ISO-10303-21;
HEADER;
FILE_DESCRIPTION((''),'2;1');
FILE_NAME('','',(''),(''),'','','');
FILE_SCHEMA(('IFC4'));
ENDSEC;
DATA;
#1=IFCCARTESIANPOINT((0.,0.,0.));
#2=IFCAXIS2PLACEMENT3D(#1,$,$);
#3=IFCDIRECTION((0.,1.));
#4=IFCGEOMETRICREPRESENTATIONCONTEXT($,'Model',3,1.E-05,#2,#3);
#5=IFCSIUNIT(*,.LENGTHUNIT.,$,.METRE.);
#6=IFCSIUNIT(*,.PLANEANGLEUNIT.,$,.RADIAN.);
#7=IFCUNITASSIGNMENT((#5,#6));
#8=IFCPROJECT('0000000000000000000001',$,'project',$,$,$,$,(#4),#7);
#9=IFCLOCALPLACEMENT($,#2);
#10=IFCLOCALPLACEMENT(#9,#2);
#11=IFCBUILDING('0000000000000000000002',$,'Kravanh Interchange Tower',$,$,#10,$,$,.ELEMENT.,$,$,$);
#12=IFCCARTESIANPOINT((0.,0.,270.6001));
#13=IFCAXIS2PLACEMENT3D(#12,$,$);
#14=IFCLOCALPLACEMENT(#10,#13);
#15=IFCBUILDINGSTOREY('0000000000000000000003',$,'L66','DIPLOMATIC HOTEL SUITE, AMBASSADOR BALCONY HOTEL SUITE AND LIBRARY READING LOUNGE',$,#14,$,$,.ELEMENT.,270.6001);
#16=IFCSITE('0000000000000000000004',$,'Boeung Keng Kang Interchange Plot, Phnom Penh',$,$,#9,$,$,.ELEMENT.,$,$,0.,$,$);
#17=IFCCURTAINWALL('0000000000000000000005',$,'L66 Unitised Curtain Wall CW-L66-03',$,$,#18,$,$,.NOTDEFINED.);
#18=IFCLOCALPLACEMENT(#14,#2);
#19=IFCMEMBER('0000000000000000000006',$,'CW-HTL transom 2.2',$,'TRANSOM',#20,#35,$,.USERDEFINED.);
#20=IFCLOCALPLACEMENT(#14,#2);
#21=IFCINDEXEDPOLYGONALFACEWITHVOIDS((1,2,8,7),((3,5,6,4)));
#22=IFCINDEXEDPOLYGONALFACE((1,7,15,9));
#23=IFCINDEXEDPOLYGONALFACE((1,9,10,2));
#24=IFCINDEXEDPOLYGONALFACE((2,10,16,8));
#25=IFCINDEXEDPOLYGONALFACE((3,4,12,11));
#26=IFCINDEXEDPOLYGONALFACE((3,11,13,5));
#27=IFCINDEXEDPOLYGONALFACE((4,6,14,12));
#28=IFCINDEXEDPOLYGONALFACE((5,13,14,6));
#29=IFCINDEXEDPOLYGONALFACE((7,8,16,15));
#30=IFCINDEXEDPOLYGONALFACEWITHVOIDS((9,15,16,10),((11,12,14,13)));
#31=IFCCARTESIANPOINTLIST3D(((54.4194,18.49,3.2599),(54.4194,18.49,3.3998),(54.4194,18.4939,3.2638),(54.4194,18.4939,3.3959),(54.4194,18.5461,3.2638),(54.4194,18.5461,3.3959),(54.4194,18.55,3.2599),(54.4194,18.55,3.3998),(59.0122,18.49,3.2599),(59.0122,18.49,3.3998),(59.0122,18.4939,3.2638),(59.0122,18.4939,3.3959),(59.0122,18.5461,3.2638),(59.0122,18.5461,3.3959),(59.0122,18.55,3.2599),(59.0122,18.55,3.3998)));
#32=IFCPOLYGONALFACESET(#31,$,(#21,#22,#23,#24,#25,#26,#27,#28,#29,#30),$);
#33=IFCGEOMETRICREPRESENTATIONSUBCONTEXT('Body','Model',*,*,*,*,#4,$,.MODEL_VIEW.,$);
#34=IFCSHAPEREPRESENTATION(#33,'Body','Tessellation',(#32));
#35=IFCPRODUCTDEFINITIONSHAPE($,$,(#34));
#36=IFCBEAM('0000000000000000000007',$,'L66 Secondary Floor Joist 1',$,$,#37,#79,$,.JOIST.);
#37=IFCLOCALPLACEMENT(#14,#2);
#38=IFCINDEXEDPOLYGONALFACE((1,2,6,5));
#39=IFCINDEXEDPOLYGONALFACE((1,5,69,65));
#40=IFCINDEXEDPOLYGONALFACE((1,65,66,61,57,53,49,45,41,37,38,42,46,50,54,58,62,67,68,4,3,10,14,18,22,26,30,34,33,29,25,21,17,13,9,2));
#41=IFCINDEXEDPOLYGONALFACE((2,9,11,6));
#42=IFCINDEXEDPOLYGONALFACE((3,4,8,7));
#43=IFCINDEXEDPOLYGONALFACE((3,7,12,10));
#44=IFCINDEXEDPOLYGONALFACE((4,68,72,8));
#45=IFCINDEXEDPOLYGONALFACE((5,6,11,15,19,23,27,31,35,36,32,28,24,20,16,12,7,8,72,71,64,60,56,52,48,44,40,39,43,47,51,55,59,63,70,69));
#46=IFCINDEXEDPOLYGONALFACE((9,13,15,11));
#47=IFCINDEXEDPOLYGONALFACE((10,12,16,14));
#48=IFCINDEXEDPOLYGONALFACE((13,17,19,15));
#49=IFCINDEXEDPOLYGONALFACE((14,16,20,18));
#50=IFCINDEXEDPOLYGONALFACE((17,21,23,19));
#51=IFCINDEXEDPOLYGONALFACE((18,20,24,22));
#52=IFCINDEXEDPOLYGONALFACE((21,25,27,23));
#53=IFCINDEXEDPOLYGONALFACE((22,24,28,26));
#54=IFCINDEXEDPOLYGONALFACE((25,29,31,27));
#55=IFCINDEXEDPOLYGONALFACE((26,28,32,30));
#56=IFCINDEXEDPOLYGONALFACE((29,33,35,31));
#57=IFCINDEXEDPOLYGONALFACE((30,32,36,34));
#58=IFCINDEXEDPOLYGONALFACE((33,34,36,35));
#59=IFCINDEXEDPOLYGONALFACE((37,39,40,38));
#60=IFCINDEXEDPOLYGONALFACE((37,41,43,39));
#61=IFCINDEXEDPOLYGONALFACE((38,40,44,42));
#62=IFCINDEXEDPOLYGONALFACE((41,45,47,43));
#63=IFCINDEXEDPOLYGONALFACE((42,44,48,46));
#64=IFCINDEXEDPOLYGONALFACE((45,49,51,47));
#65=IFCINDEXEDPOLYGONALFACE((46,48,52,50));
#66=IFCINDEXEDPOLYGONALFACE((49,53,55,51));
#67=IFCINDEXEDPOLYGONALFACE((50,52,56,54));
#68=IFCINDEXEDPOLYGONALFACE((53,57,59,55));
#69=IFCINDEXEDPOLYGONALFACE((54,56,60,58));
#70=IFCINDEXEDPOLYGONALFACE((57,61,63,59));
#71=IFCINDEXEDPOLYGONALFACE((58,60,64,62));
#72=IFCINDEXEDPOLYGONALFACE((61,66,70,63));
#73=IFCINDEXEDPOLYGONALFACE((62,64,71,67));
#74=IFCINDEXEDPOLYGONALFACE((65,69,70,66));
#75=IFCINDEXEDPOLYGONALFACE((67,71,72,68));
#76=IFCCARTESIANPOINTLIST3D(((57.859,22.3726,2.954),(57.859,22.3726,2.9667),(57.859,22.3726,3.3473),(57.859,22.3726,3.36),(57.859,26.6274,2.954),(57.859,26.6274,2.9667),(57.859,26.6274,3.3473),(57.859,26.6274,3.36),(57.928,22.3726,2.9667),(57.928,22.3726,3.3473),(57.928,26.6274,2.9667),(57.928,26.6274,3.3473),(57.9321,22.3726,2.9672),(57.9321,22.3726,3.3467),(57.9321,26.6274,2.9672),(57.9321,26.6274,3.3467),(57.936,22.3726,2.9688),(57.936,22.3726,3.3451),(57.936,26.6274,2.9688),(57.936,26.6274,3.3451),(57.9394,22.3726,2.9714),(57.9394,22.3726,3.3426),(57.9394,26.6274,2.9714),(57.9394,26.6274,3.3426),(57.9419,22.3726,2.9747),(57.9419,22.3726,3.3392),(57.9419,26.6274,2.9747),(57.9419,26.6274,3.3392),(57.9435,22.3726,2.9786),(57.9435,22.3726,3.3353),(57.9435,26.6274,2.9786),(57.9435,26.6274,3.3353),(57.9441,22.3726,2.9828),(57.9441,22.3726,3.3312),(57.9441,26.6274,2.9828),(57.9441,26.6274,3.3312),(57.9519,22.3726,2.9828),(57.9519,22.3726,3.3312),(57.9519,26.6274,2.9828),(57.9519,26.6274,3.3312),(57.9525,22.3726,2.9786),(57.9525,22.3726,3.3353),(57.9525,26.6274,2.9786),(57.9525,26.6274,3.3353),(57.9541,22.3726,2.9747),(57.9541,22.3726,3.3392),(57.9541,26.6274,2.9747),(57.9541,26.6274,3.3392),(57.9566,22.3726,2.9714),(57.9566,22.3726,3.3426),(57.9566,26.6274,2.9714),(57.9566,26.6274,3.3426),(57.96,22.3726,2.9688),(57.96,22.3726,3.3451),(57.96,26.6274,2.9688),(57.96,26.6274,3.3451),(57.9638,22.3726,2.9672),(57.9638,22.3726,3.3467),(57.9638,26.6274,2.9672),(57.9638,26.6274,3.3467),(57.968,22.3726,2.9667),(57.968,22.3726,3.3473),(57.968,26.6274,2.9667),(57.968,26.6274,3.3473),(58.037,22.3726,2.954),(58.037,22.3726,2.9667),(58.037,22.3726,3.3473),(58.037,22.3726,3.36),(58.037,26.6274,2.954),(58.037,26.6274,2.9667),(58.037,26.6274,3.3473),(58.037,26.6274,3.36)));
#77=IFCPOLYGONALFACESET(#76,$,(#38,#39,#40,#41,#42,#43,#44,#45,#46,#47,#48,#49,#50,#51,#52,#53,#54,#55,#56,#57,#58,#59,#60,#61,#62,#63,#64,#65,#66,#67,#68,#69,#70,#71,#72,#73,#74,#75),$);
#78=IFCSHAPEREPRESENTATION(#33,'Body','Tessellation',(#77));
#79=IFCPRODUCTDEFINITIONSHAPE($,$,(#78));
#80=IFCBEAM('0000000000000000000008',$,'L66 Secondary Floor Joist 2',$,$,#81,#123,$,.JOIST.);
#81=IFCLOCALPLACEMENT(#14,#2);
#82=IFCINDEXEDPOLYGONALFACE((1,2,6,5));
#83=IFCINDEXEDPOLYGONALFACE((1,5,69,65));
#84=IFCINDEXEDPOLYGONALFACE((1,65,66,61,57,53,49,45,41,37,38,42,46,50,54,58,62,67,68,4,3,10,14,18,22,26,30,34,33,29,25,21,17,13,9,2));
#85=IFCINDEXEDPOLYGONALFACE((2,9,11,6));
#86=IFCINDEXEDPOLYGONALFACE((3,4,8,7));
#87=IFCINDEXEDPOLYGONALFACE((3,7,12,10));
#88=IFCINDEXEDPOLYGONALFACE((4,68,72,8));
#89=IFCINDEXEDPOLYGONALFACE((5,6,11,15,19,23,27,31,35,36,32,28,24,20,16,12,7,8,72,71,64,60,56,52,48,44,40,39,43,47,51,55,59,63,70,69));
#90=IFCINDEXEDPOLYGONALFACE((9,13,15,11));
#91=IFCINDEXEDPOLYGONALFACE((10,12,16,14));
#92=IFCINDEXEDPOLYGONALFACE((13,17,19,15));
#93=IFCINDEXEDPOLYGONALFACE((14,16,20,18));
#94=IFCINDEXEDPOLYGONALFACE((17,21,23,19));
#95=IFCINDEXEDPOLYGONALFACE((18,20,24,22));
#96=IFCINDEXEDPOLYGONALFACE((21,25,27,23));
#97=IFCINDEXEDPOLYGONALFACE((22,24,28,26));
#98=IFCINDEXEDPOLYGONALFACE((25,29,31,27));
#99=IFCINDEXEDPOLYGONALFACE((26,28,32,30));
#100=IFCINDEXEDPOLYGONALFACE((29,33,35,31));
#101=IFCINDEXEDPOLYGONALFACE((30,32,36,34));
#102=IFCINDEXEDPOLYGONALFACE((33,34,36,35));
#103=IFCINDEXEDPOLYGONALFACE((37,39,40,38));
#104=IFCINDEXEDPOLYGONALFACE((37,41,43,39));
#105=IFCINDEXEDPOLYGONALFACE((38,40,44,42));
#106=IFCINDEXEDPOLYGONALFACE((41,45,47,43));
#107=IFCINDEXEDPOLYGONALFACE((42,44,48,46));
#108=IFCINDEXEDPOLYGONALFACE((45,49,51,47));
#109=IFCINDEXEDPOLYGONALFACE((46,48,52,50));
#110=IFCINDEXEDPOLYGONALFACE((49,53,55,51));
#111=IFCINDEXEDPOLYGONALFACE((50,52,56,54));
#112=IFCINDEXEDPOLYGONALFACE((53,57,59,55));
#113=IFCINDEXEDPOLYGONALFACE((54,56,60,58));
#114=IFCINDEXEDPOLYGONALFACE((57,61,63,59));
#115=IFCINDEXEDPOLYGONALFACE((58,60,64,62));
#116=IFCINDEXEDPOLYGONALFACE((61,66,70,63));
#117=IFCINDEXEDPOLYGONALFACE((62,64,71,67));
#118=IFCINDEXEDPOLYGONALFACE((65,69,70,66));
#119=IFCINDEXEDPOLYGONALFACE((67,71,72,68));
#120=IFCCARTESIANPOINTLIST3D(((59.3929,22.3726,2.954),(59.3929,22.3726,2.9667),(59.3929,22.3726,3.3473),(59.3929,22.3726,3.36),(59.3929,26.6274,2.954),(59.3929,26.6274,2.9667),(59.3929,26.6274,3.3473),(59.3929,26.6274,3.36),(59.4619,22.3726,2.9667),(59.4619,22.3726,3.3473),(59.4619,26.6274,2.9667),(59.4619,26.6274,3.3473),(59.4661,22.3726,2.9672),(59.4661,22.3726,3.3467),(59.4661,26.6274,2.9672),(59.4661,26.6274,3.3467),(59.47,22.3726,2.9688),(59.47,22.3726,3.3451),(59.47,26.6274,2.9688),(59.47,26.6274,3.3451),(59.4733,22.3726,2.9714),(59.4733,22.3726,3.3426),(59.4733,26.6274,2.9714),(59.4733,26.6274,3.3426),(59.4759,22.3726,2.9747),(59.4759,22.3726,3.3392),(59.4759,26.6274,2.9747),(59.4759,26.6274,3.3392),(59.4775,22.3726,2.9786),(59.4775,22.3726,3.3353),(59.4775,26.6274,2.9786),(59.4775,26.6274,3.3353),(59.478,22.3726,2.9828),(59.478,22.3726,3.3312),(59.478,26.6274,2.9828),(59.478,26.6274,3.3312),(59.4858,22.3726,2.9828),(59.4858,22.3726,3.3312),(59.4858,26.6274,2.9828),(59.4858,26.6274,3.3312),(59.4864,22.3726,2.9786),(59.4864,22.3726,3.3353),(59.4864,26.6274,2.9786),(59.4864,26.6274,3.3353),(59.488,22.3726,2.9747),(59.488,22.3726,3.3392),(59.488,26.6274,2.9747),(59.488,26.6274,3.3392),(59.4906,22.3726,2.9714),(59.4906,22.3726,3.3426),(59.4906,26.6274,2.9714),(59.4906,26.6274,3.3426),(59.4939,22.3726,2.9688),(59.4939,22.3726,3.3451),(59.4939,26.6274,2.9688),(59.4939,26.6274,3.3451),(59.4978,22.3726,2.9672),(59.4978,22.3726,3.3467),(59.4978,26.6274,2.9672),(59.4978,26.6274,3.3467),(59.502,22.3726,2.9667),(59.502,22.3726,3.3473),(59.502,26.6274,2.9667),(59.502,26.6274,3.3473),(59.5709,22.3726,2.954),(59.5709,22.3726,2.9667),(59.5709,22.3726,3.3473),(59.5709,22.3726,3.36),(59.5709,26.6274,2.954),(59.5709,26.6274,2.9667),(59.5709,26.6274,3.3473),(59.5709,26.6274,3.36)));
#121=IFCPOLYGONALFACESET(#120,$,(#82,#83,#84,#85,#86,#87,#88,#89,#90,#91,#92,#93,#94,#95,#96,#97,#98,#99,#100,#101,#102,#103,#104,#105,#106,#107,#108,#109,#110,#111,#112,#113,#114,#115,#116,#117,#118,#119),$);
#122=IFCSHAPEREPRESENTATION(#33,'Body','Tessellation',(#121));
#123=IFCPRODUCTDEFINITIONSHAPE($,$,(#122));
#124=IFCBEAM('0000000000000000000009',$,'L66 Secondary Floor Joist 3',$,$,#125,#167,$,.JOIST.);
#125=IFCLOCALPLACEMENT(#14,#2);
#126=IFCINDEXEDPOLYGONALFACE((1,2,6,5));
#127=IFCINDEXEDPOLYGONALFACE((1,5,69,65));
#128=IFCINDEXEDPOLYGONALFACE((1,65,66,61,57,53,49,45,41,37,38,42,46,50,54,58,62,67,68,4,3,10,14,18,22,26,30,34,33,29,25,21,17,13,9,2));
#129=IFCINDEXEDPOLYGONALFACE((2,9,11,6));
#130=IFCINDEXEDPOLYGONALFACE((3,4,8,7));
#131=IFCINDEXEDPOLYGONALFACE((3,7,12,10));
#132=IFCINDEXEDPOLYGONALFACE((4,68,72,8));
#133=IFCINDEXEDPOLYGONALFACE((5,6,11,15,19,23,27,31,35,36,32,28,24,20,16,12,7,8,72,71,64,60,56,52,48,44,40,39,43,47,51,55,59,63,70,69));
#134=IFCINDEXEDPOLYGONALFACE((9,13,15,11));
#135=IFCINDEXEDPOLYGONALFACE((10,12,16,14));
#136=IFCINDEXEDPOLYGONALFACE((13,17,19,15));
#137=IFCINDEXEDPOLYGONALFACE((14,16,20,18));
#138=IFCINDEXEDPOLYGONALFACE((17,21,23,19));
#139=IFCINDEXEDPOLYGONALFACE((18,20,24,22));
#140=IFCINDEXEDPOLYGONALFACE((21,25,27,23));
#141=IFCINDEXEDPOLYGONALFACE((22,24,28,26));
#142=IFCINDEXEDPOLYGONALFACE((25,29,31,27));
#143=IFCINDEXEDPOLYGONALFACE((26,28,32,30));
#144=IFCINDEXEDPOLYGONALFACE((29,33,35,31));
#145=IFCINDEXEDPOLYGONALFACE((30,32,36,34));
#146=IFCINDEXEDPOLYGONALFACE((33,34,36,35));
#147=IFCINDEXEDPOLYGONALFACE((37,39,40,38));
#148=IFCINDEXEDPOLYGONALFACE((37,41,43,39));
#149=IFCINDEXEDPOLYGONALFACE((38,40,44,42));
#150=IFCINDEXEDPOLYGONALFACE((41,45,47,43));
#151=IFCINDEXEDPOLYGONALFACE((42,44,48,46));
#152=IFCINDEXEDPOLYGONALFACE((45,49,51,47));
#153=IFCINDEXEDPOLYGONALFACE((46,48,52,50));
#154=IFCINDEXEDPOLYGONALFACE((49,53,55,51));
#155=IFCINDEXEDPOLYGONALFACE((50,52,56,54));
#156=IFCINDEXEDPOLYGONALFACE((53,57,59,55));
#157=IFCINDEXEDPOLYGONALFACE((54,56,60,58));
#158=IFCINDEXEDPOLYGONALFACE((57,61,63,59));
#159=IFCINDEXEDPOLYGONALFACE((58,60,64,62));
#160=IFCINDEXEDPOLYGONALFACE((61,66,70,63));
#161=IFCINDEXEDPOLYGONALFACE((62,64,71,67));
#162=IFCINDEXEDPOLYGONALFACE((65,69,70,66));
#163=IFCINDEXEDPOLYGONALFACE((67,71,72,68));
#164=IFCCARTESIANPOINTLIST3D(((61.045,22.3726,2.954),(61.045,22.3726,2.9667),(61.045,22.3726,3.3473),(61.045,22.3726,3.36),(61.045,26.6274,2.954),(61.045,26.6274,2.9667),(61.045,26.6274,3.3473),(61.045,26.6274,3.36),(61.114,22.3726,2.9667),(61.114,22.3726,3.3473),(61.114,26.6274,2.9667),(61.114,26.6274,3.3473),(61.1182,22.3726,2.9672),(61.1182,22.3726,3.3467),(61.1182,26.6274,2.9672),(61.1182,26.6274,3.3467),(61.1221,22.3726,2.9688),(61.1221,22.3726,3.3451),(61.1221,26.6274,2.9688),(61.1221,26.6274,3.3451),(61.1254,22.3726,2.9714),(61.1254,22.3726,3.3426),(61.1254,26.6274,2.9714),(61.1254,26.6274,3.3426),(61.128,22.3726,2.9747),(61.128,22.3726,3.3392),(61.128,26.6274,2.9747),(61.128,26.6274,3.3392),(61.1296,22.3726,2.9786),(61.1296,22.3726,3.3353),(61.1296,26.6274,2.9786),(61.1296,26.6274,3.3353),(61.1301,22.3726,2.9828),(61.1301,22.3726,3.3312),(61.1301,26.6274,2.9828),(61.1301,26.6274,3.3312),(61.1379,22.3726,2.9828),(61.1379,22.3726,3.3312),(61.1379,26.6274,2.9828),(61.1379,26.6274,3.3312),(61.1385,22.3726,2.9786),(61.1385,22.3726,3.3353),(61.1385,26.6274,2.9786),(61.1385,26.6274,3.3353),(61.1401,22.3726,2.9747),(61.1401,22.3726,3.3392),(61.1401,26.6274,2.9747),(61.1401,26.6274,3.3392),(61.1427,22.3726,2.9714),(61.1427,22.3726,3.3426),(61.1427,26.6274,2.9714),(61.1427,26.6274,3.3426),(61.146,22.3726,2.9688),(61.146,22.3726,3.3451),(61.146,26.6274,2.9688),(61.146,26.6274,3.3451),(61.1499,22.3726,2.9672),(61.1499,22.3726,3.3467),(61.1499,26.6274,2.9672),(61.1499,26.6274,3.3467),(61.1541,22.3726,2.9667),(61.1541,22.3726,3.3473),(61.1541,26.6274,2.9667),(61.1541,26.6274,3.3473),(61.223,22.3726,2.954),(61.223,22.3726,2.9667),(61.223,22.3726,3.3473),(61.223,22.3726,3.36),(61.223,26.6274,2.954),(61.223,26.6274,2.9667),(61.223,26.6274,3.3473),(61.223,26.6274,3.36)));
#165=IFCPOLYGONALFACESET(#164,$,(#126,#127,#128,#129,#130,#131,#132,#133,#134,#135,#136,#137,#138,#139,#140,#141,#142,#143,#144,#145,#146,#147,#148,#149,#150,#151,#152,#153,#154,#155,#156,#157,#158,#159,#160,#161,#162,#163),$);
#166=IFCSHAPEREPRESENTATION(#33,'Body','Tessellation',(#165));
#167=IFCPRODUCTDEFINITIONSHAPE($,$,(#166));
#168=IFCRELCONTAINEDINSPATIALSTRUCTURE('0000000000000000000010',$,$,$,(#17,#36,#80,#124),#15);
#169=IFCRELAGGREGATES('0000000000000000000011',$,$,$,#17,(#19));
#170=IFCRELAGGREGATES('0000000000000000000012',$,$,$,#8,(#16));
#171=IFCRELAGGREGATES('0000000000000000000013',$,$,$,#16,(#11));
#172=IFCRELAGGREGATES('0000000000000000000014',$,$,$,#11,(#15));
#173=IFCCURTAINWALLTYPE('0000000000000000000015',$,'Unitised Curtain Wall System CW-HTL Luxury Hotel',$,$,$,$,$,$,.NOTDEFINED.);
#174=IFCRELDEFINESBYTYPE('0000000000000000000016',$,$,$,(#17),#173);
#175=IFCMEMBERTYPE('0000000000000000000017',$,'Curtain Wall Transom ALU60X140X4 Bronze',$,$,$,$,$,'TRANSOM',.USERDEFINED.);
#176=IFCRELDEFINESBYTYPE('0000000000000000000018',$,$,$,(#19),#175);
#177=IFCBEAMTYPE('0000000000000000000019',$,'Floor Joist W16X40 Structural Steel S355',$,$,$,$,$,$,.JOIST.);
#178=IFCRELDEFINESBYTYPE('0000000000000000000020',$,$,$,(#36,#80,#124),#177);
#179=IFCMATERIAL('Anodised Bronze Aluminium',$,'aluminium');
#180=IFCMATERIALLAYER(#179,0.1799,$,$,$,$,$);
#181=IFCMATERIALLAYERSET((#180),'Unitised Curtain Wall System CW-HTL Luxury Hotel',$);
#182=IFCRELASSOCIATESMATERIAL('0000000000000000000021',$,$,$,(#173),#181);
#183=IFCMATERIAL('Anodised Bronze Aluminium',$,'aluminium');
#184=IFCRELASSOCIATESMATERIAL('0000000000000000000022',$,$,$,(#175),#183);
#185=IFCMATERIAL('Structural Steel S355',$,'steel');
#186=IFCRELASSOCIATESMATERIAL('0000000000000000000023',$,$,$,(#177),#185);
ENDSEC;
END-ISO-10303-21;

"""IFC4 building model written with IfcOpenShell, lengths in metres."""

from ifc_helpers import new_model, si_unit, direction, frame, origin, origin_2d, place, context, subcontext, project, spatial, hollow_rectangle, i_section, extrude, material, layer, layer_set, material_profile, profile_set, type_object, element, aggregate, save


model = new_model("IFC4")

# Units and contexts
model_context = context("Model", 3, precision=1e-05, world=origin(), true_north=direction((0.0, 1.0)))
body_context = subcontext(model_context, "Body", "Model", "MODEL_VIEW")
ifc_project = project(units=[si_unit("LENGTHUNIT", "METRE"), si_unit("PLANEANGLEUNIT", "RADIAN")], contexts=[model_context])

# Site, building, storey
site_placement = place(None, origin())
site = spatial("IfcSite", under=ifc_project, at=site_placement, Name="Boeung Keng Kang Interchange Plot, Phnom Penh", CompositionType="ELEMENT", RefElevation=0.0)
building_placement = place(site_placement, origin())
building = spatial("IfcBuilding", under=site, at=building_placement, Name="Kravanh Interchange Tower", CompositionType="ELEMENT")
storey_placement = place(building_placement, frame((0.0, 0.0, 270.6001)))
storey = spatial("IfcBuildingStorey", under=building, at=storey_placement, Name="L66", Description="DIPLOMATIC HOTEL SUITE, AMBASSADOR BALCONY HOTEL SUITE AND LIBRARY READING LOUNGE", CompositionType="ELEMENT", Elevation=270.6001)

# Curtain wall
ifc_material_1 = material(Name="Anodised Bronze Aluminium", Category="aluminium")
ifc_layer_1 = layer(ifc_material_1, 0.1799)
ifc_layer_set_1 = layer_set([ifc_layer_1], Name="Unitised Curtain Wall System CW-HTL Luxury Hotel")
curtain_wall_type = type_object("IfcCurtainWallType", Name="Unitised Curtain Wall System CW-HTL Luxury Hotel", PredefinedType="NOTDEFINED", material=ifc_layer_set_1)
curtain_wall_1_placement = place(storey_placement, origin())
curtain_wall_1 = element("IfcCurtainWall", 1, at=curtain_wall_1_placement, inside=storey, type_object=curtain_wall_type, Name="L66 Unitised Curtain Wall CW-L66-03", PredefinedType="NOTDEFINED")

# Member
ifc_material_2 = material(Name="Anodised Bronze Aluminium", Category="aluminium")
ifc_material_profile_1 = material_profile(ifc_material_2, hollow_rectangle(XDim=0.0601, YDim=0.1399, WallThickness=0.0039, at=origin_2d()), Name="ALU60X140X4")
ifc_profile_set_1 = profile_set([ifc_material_profile_1], Name="Anodised Bronze Aluminium")
member_type_1 = type_object("IfcMemberType", Name="Curtain Wall Transom ALU60X140X4 Bronze", ElementType="TRANSOM", PredefinedType="USERDEFINED", material=ifc_profile_set_1)
member_1_placement = place(storey_placement, frame((59.0122, 18.52, 3.3298), z_axis=(-1.0, 0.0, 0.0), x_axis=(0.0, -1.0, 0.0)))
member_1 = element("IfcMember", 2, at=member_1_placement, type_object=member_type_1, Name="CW-HTL transom 2.2", ObjectType="TRANSOM", PredefinedType="USERDEFINED", context=body_context, shape_type="SweptSolid", body=[
    extrude(hollow_rectangle(XDim=0.0601, YDim=0.1399, WallThickness=0.0039, at=origin_2d()), origin(), (0.0, 0.0, 1.0), 4.5928),
])

# Beams
ifc_material_3 = material(Name="Structural Steel S355", Category="steel")
ifc_material_profile_2 = material_profile(ifc_material_3, i_section(OverallWidth=0.178, OverallDepth=0.406, WebThickness=0.0078, FlangeThickness=0.0127, FilletRadius=0.0161, at=origin_2d()), Name="W16X40")
ifc_profile_set_2 = profile_set([ifc_material_profile_2], Name="Structural Steel S355")
beam_type_1 = type_object("IfcBeamType", Name="Floor Joist W16X40 Structural Steel S355", PredefinedType="JOIST", material=ifc_profile_set_2)
for number, where, z_axis, x_axis, name in (
    (3, (57.948, 22.3726, 3.157), (0.0, 1.0, 0.0), (-1.0, 0.0, 0.0), "L66 Secondary Floor Joist 1"),
    (4, (59.4819, 22.3726, 3.157), (0.0, 1.0, 0.0), (-1.0, 0.0, 0.0), "L66 Secondary Floor Joist 2"),
    (5, (61.134, 22.3726, 3.157), (0.0, 1.0, 0.0), (-1.0, 0.0, 0.0), "L66 Secondary Floor Joist 3"),
):
    element("IfcBeam", number, at=place(storey_placement, frame(where, z_axis=z_axis, x_axis=x_axis)), inside=storey, type_object=beam_type_1, Name=name, PredefinedType="JOIST", context=body_context, shape_type="SweptSolid", body=[
        extrude(i_section(OverallWidth=0.178, OverallDepth=0.406, WebThickness=0.0078, FlangeThickness=0.0127, FilletRadius=0.0161, at=origin_2d()), origin(), (0.0, 0.0, 1.0), 4.2549),
    ])

aggregate(curtain_wall_1, [member_1])

save(model, "model.ifc")
